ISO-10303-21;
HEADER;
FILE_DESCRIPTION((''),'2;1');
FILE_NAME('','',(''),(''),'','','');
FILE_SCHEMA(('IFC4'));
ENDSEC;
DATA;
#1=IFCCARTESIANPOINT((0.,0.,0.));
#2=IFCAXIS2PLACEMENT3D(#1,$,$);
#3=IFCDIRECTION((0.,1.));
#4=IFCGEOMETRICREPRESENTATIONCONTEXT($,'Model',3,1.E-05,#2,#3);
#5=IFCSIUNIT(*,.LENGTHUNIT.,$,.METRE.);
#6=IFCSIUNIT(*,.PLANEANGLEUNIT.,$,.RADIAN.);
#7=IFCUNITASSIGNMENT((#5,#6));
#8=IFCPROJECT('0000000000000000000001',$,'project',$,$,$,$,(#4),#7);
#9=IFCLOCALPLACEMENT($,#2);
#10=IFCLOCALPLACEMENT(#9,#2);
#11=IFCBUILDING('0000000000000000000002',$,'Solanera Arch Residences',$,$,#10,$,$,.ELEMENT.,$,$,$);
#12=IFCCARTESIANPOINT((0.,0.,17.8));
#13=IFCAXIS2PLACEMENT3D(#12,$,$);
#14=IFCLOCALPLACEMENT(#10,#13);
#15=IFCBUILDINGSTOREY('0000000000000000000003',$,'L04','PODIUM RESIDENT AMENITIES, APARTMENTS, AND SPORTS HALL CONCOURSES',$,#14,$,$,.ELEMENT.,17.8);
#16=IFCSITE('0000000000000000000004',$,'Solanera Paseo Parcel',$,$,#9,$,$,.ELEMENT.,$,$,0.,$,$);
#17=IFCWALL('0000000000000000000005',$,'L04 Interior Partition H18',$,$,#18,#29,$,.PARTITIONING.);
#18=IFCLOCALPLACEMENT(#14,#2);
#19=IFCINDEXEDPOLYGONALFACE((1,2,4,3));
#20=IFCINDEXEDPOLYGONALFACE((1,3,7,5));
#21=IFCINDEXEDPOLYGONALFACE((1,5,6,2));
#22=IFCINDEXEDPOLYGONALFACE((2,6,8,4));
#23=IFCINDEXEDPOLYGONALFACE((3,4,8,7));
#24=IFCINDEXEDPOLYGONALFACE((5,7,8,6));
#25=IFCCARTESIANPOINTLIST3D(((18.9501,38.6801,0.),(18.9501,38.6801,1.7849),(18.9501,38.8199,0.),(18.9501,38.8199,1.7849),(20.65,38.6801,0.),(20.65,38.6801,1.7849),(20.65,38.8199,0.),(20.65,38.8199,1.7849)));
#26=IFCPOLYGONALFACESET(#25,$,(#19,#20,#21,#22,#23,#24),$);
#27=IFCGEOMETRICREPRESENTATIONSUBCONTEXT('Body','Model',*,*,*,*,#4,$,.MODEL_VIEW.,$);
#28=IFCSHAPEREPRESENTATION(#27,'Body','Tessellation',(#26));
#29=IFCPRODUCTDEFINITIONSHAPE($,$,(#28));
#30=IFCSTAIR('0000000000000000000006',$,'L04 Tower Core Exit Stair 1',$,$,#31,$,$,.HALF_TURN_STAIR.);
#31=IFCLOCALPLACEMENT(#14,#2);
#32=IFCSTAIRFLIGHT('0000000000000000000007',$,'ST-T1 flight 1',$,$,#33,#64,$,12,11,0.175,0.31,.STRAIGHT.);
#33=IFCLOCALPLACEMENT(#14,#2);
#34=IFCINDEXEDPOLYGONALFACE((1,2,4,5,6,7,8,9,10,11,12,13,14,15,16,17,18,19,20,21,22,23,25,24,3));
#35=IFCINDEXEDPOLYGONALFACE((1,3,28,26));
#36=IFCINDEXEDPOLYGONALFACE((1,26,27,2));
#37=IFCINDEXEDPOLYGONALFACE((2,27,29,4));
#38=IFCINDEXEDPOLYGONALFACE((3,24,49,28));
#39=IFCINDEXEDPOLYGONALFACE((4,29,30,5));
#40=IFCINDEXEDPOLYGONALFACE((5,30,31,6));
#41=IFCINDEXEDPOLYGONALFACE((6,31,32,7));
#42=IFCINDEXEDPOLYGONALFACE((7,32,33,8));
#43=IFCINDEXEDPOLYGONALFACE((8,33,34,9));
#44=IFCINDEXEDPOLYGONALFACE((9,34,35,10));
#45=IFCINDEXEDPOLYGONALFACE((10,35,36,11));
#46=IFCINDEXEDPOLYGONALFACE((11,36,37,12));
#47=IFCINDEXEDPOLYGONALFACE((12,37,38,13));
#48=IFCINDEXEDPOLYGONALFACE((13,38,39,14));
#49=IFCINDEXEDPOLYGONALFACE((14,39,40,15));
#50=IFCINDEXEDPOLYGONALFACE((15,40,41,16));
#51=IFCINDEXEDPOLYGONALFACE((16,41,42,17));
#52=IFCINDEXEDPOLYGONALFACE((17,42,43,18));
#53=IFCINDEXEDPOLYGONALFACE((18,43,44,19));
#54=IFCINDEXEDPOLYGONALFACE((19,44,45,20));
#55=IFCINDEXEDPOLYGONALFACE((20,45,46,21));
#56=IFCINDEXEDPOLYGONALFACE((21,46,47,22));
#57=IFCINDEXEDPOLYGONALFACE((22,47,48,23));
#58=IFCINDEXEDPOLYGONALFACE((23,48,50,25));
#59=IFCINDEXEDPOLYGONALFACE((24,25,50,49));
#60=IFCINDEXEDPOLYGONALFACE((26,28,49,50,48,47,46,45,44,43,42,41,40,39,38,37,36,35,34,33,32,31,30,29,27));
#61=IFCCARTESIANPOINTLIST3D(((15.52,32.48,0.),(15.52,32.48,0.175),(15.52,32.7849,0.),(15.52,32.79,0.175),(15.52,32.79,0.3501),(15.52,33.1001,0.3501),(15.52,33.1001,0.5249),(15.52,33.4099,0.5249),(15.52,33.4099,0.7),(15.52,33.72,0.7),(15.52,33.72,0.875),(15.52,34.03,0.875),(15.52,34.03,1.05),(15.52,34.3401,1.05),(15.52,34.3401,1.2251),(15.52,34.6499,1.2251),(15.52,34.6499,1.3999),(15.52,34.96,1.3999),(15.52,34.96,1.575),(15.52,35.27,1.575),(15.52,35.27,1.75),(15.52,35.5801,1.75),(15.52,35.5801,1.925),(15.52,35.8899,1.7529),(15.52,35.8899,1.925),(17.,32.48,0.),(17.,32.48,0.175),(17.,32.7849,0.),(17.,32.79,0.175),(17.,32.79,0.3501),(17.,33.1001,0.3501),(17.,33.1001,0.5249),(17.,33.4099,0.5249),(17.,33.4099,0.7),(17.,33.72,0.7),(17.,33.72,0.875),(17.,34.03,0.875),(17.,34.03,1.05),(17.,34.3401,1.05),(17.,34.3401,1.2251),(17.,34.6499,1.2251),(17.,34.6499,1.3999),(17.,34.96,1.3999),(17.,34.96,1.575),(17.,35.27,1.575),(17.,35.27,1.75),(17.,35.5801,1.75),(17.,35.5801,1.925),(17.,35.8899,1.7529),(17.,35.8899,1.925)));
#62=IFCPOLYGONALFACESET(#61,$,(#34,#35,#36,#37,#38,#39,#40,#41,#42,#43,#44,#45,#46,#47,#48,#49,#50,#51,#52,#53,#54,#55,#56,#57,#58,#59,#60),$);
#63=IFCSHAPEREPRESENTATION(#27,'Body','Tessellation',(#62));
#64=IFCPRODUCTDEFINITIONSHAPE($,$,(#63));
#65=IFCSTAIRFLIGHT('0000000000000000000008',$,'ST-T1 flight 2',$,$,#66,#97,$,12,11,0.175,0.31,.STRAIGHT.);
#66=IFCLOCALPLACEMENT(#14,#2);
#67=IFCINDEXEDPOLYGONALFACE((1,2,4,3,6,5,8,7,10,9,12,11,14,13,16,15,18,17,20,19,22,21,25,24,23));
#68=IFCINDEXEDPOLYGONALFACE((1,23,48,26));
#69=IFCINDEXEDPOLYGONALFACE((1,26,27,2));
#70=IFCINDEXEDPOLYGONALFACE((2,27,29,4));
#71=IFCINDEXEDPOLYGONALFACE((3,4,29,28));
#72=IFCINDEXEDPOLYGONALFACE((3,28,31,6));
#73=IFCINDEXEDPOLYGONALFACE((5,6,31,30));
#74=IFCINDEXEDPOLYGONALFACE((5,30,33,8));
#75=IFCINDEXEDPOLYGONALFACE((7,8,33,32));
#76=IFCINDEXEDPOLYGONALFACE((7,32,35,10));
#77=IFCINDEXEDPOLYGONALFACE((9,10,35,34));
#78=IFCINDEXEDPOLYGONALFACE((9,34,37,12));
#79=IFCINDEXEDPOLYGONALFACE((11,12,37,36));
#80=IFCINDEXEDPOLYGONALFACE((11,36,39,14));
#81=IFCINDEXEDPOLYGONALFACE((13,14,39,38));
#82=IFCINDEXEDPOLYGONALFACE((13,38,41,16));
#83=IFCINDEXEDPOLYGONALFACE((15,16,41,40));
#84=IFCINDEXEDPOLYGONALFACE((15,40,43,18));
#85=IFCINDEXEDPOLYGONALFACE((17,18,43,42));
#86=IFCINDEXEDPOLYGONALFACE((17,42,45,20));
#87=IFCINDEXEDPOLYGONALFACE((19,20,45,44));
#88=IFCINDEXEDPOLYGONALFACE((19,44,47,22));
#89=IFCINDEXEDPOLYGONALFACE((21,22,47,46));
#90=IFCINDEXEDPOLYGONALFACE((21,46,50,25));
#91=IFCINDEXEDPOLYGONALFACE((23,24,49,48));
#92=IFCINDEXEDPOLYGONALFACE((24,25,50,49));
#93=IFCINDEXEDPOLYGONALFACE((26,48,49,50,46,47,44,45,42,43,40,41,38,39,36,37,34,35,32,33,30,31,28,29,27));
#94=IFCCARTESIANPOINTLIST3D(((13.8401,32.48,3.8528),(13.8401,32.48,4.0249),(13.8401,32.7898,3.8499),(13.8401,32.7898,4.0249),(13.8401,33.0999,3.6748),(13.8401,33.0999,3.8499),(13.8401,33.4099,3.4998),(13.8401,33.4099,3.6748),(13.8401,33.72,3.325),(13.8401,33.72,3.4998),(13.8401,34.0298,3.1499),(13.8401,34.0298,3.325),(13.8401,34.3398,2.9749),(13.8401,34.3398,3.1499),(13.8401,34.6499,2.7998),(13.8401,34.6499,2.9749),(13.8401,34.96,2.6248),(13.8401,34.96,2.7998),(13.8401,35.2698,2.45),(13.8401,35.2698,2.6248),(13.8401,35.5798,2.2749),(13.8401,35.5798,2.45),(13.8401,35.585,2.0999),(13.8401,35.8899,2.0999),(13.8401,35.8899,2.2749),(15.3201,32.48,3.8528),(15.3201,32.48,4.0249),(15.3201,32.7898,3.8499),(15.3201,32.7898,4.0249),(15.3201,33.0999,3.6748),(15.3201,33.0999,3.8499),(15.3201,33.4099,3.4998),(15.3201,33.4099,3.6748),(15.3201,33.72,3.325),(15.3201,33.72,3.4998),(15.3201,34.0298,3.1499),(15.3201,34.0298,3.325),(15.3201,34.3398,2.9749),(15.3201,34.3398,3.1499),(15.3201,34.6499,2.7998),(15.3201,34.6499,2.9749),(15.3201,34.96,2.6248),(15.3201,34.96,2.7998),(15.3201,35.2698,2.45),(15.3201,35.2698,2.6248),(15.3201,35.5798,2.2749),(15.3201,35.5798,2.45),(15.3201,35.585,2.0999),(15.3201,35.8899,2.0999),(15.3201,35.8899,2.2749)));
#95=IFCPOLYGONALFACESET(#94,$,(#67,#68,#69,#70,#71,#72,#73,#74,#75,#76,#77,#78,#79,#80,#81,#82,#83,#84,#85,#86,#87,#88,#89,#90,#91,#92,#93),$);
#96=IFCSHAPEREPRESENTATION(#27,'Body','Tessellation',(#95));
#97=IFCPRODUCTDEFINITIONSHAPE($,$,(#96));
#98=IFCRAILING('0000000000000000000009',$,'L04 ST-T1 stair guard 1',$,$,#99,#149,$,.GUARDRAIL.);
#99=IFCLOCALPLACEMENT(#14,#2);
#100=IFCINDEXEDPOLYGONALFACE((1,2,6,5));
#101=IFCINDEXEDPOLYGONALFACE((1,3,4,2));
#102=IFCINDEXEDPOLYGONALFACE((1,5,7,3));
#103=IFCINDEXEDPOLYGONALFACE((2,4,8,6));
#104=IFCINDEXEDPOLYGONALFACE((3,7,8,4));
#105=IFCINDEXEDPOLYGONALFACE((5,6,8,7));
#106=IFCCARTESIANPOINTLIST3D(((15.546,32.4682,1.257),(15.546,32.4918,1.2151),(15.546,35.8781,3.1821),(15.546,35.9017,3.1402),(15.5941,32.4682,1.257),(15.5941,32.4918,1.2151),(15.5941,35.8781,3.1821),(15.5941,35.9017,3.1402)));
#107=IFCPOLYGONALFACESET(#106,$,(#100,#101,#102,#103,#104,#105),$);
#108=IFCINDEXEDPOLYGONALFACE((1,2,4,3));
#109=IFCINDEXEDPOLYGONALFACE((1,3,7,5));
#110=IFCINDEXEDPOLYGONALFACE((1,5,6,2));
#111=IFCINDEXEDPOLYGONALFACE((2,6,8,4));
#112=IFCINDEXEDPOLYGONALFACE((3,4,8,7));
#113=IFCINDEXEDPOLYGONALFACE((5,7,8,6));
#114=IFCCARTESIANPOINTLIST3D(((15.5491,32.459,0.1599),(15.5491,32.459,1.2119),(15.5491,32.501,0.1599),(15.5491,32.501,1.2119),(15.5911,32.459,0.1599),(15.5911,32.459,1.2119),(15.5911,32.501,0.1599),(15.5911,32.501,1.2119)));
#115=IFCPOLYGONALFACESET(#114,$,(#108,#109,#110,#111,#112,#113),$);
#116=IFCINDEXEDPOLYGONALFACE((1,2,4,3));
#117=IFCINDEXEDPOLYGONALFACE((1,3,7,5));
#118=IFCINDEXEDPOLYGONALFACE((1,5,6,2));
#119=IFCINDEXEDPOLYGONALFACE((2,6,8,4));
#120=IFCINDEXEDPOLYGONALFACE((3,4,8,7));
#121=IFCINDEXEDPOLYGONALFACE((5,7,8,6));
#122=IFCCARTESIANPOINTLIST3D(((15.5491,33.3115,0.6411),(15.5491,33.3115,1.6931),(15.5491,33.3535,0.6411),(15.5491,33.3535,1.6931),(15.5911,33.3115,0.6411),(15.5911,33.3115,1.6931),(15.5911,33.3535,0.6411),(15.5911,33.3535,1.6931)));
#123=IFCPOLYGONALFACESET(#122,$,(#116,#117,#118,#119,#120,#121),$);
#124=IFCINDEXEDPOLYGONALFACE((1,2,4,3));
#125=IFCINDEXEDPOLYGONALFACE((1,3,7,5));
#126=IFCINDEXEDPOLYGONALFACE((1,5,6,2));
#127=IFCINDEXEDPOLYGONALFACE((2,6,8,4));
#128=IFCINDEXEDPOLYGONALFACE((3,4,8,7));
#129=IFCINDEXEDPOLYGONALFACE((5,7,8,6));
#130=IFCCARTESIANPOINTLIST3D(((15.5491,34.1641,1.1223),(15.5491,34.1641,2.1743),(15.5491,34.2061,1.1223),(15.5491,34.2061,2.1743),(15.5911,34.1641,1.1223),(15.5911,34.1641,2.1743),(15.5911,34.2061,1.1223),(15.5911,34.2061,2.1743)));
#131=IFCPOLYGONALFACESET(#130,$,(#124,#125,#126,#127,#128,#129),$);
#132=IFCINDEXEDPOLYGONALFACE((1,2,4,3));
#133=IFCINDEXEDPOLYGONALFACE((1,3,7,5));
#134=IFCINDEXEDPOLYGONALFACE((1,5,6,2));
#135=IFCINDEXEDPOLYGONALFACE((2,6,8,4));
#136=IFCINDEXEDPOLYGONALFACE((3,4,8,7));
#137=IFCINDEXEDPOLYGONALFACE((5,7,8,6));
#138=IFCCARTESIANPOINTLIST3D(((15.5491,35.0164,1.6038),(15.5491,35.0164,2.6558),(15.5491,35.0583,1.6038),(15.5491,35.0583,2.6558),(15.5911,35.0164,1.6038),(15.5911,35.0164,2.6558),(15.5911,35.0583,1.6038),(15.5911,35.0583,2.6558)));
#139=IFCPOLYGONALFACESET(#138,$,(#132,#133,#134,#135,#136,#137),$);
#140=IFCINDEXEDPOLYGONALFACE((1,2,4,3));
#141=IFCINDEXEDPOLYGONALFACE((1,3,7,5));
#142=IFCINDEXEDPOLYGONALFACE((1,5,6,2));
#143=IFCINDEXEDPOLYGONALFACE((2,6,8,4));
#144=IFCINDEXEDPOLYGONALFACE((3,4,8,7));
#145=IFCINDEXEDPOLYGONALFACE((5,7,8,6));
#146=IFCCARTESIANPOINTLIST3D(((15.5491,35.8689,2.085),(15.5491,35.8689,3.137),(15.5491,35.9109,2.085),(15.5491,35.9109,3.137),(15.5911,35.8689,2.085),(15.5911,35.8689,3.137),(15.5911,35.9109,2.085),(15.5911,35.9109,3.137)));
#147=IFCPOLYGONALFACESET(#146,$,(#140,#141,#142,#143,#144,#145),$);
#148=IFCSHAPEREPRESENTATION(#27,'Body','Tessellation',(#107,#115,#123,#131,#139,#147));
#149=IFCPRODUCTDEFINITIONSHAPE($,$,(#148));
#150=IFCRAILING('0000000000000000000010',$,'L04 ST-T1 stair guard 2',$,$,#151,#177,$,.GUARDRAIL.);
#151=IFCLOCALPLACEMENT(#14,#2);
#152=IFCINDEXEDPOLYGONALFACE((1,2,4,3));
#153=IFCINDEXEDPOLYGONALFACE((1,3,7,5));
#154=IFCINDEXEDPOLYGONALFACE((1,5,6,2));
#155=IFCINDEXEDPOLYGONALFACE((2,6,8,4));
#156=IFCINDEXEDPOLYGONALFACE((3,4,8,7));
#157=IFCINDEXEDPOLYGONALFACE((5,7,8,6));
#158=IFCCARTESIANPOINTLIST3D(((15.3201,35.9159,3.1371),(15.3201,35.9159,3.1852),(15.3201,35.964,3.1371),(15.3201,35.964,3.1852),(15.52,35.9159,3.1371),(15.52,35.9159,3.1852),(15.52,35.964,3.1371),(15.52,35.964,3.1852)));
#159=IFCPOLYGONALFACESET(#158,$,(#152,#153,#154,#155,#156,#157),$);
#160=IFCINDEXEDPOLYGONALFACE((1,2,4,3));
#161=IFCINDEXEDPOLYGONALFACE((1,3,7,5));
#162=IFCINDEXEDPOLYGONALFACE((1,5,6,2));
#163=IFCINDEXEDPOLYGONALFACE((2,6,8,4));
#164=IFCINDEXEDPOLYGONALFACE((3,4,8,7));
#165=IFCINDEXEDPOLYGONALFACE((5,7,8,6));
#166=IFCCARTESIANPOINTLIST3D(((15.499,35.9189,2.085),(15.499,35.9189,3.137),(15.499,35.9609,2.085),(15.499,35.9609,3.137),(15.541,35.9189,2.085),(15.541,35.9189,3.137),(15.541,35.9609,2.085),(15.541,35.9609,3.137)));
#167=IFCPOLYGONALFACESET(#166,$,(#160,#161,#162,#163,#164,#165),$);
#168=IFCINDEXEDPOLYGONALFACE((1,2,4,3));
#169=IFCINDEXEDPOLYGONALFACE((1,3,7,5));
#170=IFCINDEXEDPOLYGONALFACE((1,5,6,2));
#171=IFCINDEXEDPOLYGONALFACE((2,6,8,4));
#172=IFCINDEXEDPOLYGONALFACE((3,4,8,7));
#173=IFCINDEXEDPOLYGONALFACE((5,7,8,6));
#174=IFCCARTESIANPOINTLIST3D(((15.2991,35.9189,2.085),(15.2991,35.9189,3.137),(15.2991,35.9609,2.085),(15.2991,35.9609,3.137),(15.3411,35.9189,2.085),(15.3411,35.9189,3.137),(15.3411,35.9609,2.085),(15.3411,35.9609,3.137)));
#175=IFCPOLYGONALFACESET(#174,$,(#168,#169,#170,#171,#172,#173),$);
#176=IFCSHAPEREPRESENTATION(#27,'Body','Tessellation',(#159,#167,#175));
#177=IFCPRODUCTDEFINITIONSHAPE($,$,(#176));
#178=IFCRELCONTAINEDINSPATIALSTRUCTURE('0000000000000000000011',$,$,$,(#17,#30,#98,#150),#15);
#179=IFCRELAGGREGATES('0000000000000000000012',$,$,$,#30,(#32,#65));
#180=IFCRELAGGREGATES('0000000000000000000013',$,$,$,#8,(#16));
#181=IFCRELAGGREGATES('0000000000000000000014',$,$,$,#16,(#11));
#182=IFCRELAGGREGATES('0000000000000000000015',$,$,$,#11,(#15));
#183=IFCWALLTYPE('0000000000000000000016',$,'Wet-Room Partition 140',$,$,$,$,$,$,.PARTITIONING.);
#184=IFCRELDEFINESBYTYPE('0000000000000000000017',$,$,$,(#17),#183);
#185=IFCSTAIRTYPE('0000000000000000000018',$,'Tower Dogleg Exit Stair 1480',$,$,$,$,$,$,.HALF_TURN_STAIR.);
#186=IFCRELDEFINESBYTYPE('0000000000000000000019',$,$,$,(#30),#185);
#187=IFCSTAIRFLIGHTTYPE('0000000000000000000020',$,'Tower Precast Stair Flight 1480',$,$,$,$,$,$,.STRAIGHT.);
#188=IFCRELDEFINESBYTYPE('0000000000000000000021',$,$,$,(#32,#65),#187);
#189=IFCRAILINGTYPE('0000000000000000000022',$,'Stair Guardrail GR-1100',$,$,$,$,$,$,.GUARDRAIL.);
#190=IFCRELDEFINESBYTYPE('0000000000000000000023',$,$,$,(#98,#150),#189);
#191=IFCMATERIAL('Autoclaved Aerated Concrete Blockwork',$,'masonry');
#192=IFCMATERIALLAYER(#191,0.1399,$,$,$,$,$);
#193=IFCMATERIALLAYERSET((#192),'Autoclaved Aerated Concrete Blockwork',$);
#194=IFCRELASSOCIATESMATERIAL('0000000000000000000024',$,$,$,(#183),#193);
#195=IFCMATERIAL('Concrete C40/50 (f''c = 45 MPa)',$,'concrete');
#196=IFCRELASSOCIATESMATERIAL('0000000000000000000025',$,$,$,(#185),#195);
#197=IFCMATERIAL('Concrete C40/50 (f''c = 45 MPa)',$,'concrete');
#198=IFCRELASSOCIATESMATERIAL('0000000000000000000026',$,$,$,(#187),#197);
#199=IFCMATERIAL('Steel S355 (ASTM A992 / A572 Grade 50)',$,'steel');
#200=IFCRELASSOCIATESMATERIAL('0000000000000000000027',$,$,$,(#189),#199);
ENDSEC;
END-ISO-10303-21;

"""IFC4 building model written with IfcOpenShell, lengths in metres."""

from ifc_helpers import new_model, si_unit, direction, frame, frame_2d, origin, origin_2d, place, context, subcontext, project, spatial, polyline, rectangle, outline, extrude, material, layer, layer_set, type_object, element, aggregate, save


model = new_model("IFC4")

# Units and contexts
model_context = context("Model", 3, precision=1e-05, world=origin(), true_north=direction((0.0, 1.0)))
body_context = subcontext(model_context, "Body", "Model", "MODEL_VIEW")
ifc_project = project(units=[si_unit("LENGTHUNIT", "METRE"), si_unit("PLANEANGLEUNIT", "RADIAN")], contexts=[model_context])

# Site, building, storey
site_placement = place(None, origin())
site = spatial("IfcSite", under=ifc_project, at=site_placement, Name="Solanera Paseo Parcel", CompositionType="ELEMENT", RefElevation=0.0)
building_placement = place(site_placement, origin())
building = spatial("IfcBuilding", under=site, at=building_placement, Name="Solanera Arch Residences", CompositionType="ELEMENT")
storey_placement = place(building_placement, frame((0.0, 0.0, 17.8)))
storey = spatial("IfcBuildingStorey", under=building, at=storey_placement, Name="L04", Description="PODIUM RESIDENT AMENITIES, APARTMENTS, AND SPORTS HALL CONCOURSES", CompositionType="ELEMENT", Elevation=17.8)

# Wall
ifc_material_1 = material(Name="Autoclaved Aerated Concrete Blockwork", Category="masonry")
ifc_layer_1 = layer(ifc_material_1, 0.1399)
ifc_layer_set_1 = layer_set([ifc_layer_1], Name="Autoclaved Aerated Concrete Blockwork")
wall_type_1 = type_object("IfcWallType", Name="Wet-Room Partition 140", PredefinedType="PARTITIONING", material=ifc_layer_set_1)
wall_1_placement = place(storey_placement, frame((18.95, 38.75, 0.0), z_axis=(0.0, 0.0, 1.0), x_axis=(1.0, 0.0, 0.0)))
element("IfcWall", 1, at=wall_1_placement, inside=storey, type_object=wall_type_1, Name="L04 Interior Partition H18", PredefinedType="PARTITIONING", context=body_context, shape_type="SweptSolid", body=[
    extrude(rectangle(XDim=1.7, YDim=0.1399, at=frame_2d((0.8501, 0.0))), origin(), (0.0, 0.0, 1.0), 1.7849),
])

# Stair, stair flights
ifc_material_2 = material(Name="Concrete C40/50 (f'c = 45 MPa)", Category="concrete")
stair_type = type_object("IfcStairType", Name="Tower Dogleg Exit Stair 1480", PredefinedType="HALF_TURN_STAIR", material=ifc_material_2)
stair_placement = place(storey_placement, origin())
stair = element("IfcStair", 2, at=stair_placement, inside=storey, type_object=stair_type, Name="L04 Tower Core Exit Stair 1", PredefinedType="HALF_TURN_STAIR")
ifc_material_3 = material(Name="Concrete C40/50 (f'c = 45 MPa)", Category="concrete")
stair_flight_type = type_object("IfcStairFlightType", Name="Tower Precast Stair Flight 1480", PredefinedType="STRAIGHT", material=ifc_material_3)
stair_flight_1_placement = place(storey_placement, frame((16.26, 32.48, 0.0), z_axis=(0.0, 0.0, 1.0), x_axis=(0.0, 1.0, 0.0)))
stair_flight_1 = element("IfcStairFlight", 3, at=stair_flight_1_placement, type_object=stair_flight_type, Name="ST-T1 flight 1", NumberOfRisers=12, NumberOfTreads=11, PredefinedType="STRAIGHT", RiserHeight=0.175, TreadLength=0.31, context=body_context, shape_type="SweptSolid", body=[
    extrude(outline(polyline([(0.0, 0.0), (0.0, 0.175), (0.3101, 0.175), (0.3101, 0.3501), (0.6201, 0.3501), (0.6201, 0.5249), (0.9299, 0.5249), (0.9299, 0.7), (1.24, 0.7), (1.24, 0.875), (1.55, 0.875), (1.55, 1.05), (1.8601, 1.05), (1.8601, 1.2251), (2.1699, 1.2251), (2.1699, 1.3999), (2.48, 1.3999), (2.48, 1.575), (2.79, 1.575), (2.79, 1.75), (3.1001, 1.75), (3.1001, 1.925), (3.4099, 1.925), (3.4099, 2.1001), (3.4099, 1.7529), (0.3049, 0.0), (0.0, 0.0)])), frame((0.0, 0.74, 0.0), z_axis=(0.0, -1.0, 0.0), x_axis=(1.0, 0.0, 0.0)), (0.0, 0.0, 1.0), 1.48),
])
stair_flight_2_placement = place(storey_placement, frame((14.5801, 35.8899, 2.0999), z_axis=(0.0, 0.0, 1.0), x_axis=(0.0, -1.0, 0.0)))
stair_flight_2 = element("IfcStairFlight", 4, at=stair_flight_2_placement, type_object=stair_flight_type, Name="ST-T1 flight 2", NumberOfRisers=12, NumberOfTreads=11, PredefinedType="STRAIGHT", RiserHeight=0.175, TreadLength=0.31, context=body_context, shape_type="SweptSolid", body=[
    extrude(outline(polyline([(0.0, 0.0), (0.0, 0.175), (0.3101, 0.175), (0.3101, 0.3501), (0.6201, 0.3501), (0.6201, 0.5249), (0.9299, 0.5249), (0.9299, 0.7), (1.24, 0.7), (1.24, 0.875), (1.55, 0.875), (1.55, 1.05), (1.8601, 1.05), (1.8601, 1.2251), (2.1699, 1.2251), (2.1699, 1.3999), (2.48, 1.3999), (2.48, 1.575), (2.79, 1.575), (2.79, 1.75), (3.1001, 1.75), (3.1001, 1.925), (3.4099, 1.925), (3.4099, 2.1001), (3.4099, 1.7529), (0.3049, 0.0), (0.0, 0.0)])), frame((0.0, 0.74, 0.0), z_axis=(0.0, -1.0, 0.0), x_axis=(1.0, 0.0, 0.0)), (0.0, 0.0, 1.0), 1.48),
])
aggregate(stair, [stair_flight_1, stair_flight_2])

# Railings
ifc_material_4 = material(Name="Steel S355 (ASTM A992 / A572 Grade 50)", Category="steel")
railing_type_1 = type_object("IfcRailingType", Name="Stair Guardrail GR-1100", PredefinedType="GUARDRAIL", material=ifc_material_4)
railing_1_placement = place(storey_placement, frame((15.5701, 32.48, 0.1599)))
element("IfcRailing", 5, at=railing_1_placement, inside=storey, type_object=railing_type_1, Name="L04 ST-T1 stair guard 1", PredefinedType="GUARDRAIL", context=body_context, shape_type="SweptSolid", body=[
    extrude(rectangle(XDim=0.0481, YDim=0.0481, at=origin_2d()), frame((0.0, 0.0, 1.0762), z_axis=(0.0, 0.870814, 0.491613), x_axis=(-1.0, 0.0, 0.0)), (0.0, 0.0, 1.0), 3.9158),
    extrude(rectangle(XDim=0.042, YDim=0.042, at=origin_2d()), origin(), (0.0, 0.0, 1.0), 1.052),
    extrude(rectangle(XDim=0.042, YDim=0.042, at=origin_2d()), frame((0.0, 0.8525, 0.4812)), (0.0, 0.0, 1.0), 1.052),
    extrude(rectangle(XDim=0.042, YDim=0.042, at=origin_2d()), frame((0.0, 1.7051, 0.9624)), (0.0, 0.0, 1.0), 1.052),
    extrude(rectangle(XDim=0.042, YDim=0.042, at=origin_2d()), frame((0.0, 2.5574, 1.4438)), (0.0, 0.0, 1.0), 1.052),
    extrude(rectangle(XDim=0.042, YDim=0.042, at=origin_2d()), frame((0.0, 3.4099, 1.925)), (0.0, 0.0, 1.0), 1.052),
])
railing_2_placement = place(storey_placement, frame((15.52, 35.9399, 2.085)))
element("IfcRailing", 6, at=railing_2_placement, inside=storey, type_object=railing_type_1, Name="L04 ST-T1 stair guard 2", PredefinedType="GUARDRAIL", context=body_context, shape_type="SweptSolid", body=[
    extrude(rectangle(XDim=0.0481, YDim=0.0481, at=origin_2d()), frame((0.0, 0.0, 1.0762), z_axis=(-1.0, 0.0, 0.0), x_axis=(0.0, -1.0, 0.0)), (0.0, 0.0, 1.0), 0.2),
    extrude(rectangle(XDim=0.042, YDim=0.042, at=origin_2d()), origin(), (0.0, 0.0, 1.0), 1.052),
    extrude(rectangle(XDim=0.042, YDim=0.042, at=origin_2d()), frame((-0.2, 0.0, 0.0)), (0.0, 0.0, 1.0), 1.052),
])

save(model, "model.ifc")
